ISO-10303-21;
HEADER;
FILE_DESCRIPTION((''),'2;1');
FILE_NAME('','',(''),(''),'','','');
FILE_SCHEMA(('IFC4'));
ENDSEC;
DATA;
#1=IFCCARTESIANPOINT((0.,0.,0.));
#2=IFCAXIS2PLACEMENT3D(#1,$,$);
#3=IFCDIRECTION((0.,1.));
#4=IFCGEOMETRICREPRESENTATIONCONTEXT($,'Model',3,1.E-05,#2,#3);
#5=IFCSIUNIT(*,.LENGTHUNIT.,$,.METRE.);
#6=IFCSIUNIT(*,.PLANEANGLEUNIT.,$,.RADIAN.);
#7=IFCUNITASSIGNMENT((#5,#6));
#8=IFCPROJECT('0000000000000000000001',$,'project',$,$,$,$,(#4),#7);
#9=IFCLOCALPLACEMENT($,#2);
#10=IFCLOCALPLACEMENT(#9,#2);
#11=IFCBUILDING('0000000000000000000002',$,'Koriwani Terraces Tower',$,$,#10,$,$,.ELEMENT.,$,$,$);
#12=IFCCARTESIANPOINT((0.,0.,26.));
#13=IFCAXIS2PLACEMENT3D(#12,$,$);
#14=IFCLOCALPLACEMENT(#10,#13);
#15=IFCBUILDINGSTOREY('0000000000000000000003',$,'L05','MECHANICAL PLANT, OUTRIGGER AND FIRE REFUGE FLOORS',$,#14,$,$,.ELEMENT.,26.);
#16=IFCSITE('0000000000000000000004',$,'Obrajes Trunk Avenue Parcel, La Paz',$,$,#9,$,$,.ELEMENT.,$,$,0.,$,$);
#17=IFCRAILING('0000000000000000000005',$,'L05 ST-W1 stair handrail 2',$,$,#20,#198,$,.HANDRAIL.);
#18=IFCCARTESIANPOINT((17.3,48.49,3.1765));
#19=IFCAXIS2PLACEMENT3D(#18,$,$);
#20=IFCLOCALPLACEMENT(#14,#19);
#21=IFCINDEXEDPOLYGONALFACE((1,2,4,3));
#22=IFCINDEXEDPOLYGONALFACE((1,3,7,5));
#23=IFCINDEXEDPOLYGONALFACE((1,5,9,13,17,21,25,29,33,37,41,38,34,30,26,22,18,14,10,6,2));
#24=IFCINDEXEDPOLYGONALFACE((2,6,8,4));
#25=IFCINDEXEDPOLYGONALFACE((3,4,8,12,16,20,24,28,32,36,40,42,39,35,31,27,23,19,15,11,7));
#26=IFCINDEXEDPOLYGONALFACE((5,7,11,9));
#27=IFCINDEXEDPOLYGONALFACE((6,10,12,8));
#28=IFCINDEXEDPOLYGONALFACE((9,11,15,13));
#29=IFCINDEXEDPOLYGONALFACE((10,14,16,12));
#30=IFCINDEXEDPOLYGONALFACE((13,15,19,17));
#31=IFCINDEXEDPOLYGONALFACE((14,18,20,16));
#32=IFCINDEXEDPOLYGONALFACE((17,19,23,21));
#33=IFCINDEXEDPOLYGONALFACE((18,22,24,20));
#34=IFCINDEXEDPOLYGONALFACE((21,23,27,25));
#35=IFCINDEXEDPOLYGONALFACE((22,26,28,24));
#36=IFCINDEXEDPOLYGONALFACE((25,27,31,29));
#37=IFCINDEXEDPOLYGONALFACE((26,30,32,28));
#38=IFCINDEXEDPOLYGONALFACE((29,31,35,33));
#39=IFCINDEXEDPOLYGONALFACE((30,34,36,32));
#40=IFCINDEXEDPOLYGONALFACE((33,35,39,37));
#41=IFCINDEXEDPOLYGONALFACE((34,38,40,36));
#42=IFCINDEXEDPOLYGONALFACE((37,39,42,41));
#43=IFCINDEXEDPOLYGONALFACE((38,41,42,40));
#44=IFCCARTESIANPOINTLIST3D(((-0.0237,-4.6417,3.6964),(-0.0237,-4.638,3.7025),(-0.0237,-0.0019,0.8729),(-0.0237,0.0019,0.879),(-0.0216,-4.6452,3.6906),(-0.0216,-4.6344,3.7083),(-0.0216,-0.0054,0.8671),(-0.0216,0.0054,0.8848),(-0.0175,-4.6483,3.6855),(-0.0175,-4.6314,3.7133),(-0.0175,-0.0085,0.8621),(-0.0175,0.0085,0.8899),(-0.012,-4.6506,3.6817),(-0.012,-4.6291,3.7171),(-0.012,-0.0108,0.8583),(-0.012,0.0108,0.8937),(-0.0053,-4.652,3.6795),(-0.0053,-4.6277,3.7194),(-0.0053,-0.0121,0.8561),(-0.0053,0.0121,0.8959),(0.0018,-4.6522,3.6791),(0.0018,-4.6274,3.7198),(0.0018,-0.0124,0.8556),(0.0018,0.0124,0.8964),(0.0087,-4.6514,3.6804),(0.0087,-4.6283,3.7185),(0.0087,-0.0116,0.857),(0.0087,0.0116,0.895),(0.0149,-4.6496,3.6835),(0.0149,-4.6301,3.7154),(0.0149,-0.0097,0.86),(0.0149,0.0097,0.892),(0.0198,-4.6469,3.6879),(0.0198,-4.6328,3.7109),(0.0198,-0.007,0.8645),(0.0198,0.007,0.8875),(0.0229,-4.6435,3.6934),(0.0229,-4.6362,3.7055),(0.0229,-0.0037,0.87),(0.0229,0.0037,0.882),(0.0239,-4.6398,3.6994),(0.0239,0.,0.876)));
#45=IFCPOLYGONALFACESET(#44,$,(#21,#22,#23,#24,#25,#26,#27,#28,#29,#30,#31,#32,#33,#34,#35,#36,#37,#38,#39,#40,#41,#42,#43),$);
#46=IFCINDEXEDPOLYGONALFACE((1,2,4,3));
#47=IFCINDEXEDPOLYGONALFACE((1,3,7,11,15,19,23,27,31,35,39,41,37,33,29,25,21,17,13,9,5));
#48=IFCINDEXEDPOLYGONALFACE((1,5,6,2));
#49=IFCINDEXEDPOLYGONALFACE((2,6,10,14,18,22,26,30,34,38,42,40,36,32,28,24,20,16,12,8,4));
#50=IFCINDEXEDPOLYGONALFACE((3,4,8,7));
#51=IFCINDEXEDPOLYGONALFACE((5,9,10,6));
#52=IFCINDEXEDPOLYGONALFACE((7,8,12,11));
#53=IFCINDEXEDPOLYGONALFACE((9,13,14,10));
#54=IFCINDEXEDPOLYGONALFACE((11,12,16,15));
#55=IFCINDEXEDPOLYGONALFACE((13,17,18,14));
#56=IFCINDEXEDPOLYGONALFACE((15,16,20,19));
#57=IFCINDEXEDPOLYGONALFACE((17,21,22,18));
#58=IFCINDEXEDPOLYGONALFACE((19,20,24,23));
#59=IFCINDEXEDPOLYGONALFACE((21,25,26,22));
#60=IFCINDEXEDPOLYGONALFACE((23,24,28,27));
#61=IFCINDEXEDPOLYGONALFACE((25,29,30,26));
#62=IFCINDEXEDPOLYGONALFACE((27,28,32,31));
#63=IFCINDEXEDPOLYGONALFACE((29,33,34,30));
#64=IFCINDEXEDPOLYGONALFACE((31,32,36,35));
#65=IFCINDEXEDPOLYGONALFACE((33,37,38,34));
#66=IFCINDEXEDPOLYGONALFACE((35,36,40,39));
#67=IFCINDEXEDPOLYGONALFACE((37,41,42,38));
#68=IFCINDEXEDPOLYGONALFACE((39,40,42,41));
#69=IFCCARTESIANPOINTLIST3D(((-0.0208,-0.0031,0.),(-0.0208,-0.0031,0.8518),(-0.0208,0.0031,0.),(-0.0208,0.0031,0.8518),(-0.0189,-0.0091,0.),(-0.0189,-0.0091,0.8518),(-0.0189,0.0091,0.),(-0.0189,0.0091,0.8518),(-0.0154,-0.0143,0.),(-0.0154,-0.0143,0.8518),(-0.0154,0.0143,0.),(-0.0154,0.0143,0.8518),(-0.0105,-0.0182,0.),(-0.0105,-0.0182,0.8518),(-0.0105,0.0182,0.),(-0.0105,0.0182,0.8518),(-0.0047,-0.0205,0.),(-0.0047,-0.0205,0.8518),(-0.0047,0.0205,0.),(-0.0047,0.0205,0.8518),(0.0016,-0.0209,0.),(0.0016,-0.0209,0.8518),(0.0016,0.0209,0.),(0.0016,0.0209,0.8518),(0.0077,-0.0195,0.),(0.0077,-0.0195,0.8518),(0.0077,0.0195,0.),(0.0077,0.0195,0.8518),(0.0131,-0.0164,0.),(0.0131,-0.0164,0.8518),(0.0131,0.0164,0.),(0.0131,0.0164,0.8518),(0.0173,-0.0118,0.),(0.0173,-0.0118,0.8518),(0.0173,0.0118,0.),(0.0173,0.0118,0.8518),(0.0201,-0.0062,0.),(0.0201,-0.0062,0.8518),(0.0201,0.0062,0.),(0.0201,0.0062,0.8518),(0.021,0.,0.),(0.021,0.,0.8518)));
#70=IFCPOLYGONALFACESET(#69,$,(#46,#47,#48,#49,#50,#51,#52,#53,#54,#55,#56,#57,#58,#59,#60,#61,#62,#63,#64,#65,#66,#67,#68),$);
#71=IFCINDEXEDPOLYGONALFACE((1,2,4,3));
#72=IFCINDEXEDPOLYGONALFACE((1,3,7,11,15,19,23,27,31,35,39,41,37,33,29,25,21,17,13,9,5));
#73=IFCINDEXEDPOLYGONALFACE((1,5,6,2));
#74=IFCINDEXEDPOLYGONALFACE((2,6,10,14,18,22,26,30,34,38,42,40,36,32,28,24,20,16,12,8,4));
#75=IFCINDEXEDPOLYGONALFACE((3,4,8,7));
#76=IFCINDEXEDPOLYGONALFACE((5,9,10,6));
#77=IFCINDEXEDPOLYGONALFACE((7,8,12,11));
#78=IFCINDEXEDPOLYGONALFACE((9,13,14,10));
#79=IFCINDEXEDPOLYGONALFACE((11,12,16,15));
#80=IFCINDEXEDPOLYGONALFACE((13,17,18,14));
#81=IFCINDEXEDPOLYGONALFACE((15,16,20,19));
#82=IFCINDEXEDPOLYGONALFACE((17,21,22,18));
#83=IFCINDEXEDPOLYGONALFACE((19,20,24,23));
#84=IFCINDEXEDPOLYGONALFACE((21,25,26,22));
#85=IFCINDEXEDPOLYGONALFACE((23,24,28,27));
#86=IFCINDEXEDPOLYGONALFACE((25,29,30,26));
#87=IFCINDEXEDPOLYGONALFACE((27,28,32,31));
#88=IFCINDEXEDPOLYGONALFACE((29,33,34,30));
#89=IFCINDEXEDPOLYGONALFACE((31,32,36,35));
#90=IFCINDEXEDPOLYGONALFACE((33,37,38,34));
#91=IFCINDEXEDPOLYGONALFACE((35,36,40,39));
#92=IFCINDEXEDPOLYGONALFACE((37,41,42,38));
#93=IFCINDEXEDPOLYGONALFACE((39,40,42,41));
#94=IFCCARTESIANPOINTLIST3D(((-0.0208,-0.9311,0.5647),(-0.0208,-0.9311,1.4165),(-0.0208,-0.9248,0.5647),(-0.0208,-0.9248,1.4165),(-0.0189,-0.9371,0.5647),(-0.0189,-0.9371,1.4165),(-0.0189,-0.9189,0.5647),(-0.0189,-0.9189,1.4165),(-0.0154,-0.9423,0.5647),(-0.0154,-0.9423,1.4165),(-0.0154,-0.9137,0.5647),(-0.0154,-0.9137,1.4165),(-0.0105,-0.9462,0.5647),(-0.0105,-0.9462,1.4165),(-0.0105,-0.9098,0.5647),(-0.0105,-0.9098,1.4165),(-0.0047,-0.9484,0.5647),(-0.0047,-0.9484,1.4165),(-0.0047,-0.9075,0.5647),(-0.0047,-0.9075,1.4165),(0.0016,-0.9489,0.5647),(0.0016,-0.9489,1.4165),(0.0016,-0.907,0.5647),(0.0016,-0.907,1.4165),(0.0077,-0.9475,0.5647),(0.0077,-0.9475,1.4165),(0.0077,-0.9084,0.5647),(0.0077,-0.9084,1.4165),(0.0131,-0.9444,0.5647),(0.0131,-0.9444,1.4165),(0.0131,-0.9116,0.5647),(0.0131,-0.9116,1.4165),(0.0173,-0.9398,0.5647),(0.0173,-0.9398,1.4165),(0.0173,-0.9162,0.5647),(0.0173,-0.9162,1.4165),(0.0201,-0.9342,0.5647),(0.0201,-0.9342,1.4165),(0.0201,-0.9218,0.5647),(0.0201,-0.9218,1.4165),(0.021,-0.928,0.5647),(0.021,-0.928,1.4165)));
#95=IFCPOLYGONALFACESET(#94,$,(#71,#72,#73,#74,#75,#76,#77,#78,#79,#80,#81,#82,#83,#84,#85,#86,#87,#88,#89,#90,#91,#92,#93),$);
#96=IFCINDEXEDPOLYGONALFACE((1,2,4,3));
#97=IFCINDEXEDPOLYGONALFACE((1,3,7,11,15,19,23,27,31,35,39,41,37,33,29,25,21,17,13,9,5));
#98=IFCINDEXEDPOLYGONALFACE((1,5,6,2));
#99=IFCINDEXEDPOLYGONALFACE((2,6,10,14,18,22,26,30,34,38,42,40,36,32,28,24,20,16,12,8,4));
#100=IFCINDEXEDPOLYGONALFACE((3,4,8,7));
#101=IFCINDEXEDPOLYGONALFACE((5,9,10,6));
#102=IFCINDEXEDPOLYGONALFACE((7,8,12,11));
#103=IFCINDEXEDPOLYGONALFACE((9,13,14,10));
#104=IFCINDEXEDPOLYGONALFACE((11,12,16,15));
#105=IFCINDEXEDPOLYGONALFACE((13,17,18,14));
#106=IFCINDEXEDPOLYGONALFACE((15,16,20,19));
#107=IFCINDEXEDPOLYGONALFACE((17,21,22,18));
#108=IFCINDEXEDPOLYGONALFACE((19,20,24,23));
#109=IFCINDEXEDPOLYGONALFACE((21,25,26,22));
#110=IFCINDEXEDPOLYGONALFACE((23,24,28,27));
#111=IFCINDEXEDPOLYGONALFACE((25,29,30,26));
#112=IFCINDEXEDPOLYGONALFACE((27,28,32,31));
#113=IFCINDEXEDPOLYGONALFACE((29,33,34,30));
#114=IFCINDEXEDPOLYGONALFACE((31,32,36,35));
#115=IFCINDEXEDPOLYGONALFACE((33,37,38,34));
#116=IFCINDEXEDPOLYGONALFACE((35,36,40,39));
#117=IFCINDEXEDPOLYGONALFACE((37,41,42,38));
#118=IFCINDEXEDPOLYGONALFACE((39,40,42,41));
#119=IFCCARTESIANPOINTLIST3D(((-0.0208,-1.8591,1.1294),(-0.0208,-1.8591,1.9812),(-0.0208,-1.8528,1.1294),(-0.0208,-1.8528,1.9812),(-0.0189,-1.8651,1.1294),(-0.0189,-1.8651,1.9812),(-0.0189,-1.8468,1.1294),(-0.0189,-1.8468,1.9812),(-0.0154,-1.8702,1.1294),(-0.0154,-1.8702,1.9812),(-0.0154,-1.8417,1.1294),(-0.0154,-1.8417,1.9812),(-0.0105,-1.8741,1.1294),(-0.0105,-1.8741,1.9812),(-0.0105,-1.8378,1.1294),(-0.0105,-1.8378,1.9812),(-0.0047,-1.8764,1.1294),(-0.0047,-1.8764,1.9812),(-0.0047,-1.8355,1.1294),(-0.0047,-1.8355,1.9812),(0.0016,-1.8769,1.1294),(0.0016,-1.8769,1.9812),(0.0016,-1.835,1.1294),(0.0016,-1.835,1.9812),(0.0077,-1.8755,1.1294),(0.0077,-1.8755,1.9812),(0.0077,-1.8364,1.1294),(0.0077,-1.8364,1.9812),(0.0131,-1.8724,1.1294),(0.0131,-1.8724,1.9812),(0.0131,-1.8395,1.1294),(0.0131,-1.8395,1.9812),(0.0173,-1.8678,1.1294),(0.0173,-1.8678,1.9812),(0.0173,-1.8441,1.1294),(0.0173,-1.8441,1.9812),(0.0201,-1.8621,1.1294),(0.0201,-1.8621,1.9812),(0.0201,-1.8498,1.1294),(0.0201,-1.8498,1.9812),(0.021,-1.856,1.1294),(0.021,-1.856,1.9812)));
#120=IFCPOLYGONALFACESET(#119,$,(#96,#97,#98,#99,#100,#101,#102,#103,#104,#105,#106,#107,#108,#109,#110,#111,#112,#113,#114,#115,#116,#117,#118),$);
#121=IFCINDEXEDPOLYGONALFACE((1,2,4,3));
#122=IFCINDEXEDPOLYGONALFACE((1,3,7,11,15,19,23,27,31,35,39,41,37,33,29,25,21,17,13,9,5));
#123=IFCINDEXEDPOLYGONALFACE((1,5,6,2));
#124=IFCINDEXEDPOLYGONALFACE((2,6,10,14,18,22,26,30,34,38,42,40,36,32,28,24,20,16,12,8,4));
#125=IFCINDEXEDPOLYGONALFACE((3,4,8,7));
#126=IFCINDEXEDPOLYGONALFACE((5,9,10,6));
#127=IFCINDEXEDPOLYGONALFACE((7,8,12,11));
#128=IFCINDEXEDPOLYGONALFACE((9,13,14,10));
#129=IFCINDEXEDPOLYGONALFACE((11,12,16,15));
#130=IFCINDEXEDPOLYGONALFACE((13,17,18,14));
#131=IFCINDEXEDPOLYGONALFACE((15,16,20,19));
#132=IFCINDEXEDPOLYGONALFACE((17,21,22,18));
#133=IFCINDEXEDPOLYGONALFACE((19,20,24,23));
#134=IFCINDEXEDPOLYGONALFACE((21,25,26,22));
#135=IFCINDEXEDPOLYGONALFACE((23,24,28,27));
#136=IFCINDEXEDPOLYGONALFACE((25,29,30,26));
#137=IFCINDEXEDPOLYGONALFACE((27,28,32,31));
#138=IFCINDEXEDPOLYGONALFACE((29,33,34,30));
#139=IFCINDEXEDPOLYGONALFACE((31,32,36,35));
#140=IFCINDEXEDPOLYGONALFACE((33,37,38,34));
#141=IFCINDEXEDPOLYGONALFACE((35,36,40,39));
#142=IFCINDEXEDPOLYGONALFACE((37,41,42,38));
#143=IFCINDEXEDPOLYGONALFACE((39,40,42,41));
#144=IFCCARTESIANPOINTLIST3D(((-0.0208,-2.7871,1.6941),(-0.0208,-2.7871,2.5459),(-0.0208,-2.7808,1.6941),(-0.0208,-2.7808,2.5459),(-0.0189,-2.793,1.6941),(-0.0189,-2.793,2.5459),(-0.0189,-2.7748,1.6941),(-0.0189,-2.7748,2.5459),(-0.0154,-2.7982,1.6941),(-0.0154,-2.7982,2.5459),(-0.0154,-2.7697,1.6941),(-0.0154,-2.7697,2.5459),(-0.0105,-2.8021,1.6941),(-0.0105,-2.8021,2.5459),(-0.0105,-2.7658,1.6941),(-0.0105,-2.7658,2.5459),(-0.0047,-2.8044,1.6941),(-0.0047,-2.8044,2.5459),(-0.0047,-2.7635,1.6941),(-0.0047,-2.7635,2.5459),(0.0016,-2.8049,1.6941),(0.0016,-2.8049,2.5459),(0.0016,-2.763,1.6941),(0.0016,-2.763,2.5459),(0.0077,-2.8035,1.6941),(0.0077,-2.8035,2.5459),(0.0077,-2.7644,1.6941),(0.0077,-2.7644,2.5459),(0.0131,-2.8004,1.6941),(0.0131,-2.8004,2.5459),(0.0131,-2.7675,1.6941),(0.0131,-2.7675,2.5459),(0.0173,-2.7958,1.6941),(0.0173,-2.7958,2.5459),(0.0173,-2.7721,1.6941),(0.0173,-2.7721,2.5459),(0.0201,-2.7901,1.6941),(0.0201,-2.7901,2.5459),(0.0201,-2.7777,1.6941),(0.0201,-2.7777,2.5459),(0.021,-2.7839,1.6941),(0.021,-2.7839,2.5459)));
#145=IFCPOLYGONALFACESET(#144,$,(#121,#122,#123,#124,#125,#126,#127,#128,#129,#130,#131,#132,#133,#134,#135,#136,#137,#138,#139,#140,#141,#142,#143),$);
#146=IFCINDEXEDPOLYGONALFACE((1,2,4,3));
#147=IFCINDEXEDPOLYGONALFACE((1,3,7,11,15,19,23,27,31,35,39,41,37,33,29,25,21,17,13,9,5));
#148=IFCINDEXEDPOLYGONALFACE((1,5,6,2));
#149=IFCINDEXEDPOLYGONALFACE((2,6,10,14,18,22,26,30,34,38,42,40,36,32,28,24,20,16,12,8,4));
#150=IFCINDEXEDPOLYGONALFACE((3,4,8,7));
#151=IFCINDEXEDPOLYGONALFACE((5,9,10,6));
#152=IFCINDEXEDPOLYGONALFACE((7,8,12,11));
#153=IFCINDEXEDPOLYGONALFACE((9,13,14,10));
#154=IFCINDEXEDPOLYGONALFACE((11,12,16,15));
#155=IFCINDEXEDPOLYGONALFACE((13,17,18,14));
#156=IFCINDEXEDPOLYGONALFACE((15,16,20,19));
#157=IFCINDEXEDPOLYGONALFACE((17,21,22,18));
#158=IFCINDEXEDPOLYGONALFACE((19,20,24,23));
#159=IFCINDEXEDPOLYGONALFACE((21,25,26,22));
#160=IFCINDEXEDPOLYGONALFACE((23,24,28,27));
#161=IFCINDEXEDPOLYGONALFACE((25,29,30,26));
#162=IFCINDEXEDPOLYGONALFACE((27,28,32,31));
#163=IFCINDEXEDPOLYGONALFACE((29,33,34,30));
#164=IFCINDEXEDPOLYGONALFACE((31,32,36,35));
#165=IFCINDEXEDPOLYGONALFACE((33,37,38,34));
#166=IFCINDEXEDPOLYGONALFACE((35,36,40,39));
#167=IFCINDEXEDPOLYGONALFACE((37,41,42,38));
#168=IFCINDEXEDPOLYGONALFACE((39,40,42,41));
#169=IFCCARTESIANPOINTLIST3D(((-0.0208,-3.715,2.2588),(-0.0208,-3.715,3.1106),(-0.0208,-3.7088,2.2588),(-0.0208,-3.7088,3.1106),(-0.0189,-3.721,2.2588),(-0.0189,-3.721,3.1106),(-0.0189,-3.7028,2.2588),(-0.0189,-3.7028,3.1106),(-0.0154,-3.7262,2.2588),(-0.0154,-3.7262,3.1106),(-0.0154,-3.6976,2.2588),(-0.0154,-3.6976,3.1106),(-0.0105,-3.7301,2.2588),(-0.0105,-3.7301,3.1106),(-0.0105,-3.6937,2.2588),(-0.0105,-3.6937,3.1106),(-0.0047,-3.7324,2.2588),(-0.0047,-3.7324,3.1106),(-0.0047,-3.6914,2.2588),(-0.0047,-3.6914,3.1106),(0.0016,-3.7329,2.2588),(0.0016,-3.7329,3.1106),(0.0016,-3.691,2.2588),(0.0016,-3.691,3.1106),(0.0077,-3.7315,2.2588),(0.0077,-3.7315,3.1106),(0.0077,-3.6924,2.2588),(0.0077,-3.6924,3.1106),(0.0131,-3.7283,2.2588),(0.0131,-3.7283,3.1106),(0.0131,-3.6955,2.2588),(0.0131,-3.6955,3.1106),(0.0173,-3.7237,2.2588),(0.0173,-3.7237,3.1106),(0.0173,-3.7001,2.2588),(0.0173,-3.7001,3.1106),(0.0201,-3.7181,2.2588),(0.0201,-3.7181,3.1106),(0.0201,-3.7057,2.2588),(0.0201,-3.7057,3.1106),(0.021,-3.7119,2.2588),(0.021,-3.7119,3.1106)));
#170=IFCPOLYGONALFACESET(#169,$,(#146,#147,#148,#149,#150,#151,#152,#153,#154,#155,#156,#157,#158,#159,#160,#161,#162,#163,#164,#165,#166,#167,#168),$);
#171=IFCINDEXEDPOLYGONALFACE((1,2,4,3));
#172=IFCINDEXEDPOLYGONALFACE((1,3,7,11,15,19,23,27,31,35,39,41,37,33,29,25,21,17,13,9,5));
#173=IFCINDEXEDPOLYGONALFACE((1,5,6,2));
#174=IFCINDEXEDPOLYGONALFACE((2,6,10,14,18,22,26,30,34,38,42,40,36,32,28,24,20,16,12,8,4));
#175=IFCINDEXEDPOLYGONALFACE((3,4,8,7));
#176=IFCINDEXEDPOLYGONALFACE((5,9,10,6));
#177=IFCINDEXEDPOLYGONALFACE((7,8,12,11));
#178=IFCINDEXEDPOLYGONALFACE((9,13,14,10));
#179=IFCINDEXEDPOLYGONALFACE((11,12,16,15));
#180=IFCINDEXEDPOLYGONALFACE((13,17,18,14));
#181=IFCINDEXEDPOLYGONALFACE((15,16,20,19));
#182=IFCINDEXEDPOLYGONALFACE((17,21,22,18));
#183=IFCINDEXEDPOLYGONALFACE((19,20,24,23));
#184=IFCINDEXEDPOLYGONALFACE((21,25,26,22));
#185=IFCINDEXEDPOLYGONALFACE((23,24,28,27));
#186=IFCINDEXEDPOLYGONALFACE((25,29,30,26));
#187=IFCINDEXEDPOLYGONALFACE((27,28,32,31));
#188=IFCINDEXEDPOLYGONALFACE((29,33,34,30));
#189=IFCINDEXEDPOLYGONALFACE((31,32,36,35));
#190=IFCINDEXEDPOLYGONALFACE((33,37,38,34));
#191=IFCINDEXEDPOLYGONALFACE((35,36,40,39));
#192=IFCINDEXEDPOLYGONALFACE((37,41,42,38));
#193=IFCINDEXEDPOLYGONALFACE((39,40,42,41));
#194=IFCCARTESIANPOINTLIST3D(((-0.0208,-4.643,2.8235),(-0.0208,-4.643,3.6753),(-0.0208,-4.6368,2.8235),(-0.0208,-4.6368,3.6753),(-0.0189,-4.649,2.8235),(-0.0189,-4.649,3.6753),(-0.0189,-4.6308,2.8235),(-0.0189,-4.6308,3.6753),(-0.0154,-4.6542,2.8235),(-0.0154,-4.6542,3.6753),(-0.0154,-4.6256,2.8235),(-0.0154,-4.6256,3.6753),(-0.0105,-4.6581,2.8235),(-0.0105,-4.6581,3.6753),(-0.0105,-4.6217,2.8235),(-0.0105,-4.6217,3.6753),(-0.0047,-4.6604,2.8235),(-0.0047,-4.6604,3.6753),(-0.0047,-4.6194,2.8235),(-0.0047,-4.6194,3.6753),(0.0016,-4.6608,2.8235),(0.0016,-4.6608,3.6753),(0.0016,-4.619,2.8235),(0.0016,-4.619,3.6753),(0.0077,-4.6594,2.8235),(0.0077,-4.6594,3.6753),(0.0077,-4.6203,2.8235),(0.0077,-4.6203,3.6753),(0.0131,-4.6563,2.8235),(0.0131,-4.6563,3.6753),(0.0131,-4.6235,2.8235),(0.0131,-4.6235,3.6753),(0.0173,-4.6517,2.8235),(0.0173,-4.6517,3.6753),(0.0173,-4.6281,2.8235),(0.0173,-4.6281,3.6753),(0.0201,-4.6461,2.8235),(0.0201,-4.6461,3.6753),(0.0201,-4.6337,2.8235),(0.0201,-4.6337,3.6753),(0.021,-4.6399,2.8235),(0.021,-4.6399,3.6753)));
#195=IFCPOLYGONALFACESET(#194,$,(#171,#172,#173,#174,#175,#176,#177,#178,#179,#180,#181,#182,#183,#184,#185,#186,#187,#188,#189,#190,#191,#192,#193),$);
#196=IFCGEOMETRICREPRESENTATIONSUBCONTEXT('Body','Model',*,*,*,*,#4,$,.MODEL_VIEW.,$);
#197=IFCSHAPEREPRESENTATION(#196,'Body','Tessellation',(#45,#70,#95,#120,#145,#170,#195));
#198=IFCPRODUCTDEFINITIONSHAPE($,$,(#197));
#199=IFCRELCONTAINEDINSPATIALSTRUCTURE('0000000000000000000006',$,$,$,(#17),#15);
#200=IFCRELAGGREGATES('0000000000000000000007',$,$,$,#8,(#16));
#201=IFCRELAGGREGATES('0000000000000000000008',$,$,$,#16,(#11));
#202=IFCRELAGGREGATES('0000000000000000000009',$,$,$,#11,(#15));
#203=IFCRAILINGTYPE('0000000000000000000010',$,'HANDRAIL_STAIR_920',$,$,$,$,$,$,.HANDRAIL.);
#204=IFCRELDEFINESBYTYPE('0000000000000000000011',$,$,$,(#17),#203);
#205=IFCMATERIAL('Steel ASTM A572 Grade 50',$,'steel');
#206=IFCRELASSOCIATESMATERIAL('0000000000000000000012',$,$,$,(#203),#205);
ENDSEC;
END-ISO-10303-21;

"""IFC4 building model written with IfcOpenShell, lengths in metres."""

from ifc_helpers import new_model, si_unit, direction, frame, origin, origin_2d, place, context, subcontext, project, spatial, circle, extrude, material, type_object, element, save


model = new_model("IFC4")

# Units and contexts
model_context = context("Model", 3, precision=1e-05, world=origin(), true_north=direction((0.0, 1.0)))
body_context = subcontext(model_context, "Body", "Model", "MODEL_VIEW")
ifc_project = project(units=[si_unit("LENGTHUNIT", "METRE"), si_unit("PLANEANGLEUNIT", "RADIAN")], contexts=[model_context])

# Site, building, storey
site_placement = place(None, origin())
site = spatial("IfcSite", under=ifc_project, at=site_placement, Name="Obrajes Trunk Avenue Parcel, La Paz", CompositionType="ELEMENT", RefElevation=0.0)
building_placement = place(site_placement, origin())
building = spatial("IfcBuilding", under=site, at=building_placement, Name="Koriwani Terraces Tower", CompositionType="ELEMENT")
storey_placement = place(building_placement, frame((0.0, 0.0, 26.0)))
storey = spatial("IfcBuildingStorey", under=building, at=storey_placement, Name="L05", Description="MECHANICAL PLANT, OUTRIGGER AND FIRE REFUGE FLOORS", CompositionType="ELEMENT", Elevation=26.0)

# Shared definitions
ifc_material_1 = material(Name="Steel ASTM A572 Grade 50", Category="steel")

# Railing
railing_type_1 = type_object("IfcRailingType", Name="HANDRAIL_STAIR_920", PredefinedType="HANDRAIL", material=ifc_material_1)
for number, where, name in (
    (1, (17.3, 48.49, 3.1765), "L05 ST-W1 stair handrail 2"),
):
    element("IfcRailing", number, at=place(storey_placement, frame(where)), inside=storey, type_object=railing_type_1, Name=name, PredefinedType="HANDRAIL", context=body_context, shape_type="SweptSolid", body=[
        extrude(circle(Radius=0.0239, at=origin_2d()), frame((0.0, 0.0, 0.876), z_axis=(0.0, -0.854264, 0.51984), x_axis=(1.0, 0.0, 0.0)), (0.0, 0.0, 1.0), 5.4314),
        extrude(circle(Radius=0.021, at=origin_2d()), origin(), (0.0, 0.0, 1.0), 0.8518),
        extrude(circle(Radius=0.021, at=origin_2d()), frame((0.0, -0.928, 0.5647)), (0.0, 0.0, 1.0), 0.8518),
        extrude(circle(Radius=0.021, at=origin_2d()), frame((0.0, -1.856, 1.1294)), (0.0, 0.0, 1.0), 0.8518),
        extrude(circle(Radius=0.021, at=origin_2d()), frame((0.0, -2.7839, 1.6941)), (0.0, 0.0, 1.0), 0.8518),
        extrude(circle(Radius=0.021, at=origin_2d()), frame((0.0, -3.7119, 2.2588)), (0.0, 0.0, 1.0), 0.8518),
        extrude(circle(Radius=0.021, at=origin_2d()), frame((0.0, -4.6399, 2.8235)), (0.0, 0.0, 1.0), 0.8518),
    ])

save(model, "model.ifc")
